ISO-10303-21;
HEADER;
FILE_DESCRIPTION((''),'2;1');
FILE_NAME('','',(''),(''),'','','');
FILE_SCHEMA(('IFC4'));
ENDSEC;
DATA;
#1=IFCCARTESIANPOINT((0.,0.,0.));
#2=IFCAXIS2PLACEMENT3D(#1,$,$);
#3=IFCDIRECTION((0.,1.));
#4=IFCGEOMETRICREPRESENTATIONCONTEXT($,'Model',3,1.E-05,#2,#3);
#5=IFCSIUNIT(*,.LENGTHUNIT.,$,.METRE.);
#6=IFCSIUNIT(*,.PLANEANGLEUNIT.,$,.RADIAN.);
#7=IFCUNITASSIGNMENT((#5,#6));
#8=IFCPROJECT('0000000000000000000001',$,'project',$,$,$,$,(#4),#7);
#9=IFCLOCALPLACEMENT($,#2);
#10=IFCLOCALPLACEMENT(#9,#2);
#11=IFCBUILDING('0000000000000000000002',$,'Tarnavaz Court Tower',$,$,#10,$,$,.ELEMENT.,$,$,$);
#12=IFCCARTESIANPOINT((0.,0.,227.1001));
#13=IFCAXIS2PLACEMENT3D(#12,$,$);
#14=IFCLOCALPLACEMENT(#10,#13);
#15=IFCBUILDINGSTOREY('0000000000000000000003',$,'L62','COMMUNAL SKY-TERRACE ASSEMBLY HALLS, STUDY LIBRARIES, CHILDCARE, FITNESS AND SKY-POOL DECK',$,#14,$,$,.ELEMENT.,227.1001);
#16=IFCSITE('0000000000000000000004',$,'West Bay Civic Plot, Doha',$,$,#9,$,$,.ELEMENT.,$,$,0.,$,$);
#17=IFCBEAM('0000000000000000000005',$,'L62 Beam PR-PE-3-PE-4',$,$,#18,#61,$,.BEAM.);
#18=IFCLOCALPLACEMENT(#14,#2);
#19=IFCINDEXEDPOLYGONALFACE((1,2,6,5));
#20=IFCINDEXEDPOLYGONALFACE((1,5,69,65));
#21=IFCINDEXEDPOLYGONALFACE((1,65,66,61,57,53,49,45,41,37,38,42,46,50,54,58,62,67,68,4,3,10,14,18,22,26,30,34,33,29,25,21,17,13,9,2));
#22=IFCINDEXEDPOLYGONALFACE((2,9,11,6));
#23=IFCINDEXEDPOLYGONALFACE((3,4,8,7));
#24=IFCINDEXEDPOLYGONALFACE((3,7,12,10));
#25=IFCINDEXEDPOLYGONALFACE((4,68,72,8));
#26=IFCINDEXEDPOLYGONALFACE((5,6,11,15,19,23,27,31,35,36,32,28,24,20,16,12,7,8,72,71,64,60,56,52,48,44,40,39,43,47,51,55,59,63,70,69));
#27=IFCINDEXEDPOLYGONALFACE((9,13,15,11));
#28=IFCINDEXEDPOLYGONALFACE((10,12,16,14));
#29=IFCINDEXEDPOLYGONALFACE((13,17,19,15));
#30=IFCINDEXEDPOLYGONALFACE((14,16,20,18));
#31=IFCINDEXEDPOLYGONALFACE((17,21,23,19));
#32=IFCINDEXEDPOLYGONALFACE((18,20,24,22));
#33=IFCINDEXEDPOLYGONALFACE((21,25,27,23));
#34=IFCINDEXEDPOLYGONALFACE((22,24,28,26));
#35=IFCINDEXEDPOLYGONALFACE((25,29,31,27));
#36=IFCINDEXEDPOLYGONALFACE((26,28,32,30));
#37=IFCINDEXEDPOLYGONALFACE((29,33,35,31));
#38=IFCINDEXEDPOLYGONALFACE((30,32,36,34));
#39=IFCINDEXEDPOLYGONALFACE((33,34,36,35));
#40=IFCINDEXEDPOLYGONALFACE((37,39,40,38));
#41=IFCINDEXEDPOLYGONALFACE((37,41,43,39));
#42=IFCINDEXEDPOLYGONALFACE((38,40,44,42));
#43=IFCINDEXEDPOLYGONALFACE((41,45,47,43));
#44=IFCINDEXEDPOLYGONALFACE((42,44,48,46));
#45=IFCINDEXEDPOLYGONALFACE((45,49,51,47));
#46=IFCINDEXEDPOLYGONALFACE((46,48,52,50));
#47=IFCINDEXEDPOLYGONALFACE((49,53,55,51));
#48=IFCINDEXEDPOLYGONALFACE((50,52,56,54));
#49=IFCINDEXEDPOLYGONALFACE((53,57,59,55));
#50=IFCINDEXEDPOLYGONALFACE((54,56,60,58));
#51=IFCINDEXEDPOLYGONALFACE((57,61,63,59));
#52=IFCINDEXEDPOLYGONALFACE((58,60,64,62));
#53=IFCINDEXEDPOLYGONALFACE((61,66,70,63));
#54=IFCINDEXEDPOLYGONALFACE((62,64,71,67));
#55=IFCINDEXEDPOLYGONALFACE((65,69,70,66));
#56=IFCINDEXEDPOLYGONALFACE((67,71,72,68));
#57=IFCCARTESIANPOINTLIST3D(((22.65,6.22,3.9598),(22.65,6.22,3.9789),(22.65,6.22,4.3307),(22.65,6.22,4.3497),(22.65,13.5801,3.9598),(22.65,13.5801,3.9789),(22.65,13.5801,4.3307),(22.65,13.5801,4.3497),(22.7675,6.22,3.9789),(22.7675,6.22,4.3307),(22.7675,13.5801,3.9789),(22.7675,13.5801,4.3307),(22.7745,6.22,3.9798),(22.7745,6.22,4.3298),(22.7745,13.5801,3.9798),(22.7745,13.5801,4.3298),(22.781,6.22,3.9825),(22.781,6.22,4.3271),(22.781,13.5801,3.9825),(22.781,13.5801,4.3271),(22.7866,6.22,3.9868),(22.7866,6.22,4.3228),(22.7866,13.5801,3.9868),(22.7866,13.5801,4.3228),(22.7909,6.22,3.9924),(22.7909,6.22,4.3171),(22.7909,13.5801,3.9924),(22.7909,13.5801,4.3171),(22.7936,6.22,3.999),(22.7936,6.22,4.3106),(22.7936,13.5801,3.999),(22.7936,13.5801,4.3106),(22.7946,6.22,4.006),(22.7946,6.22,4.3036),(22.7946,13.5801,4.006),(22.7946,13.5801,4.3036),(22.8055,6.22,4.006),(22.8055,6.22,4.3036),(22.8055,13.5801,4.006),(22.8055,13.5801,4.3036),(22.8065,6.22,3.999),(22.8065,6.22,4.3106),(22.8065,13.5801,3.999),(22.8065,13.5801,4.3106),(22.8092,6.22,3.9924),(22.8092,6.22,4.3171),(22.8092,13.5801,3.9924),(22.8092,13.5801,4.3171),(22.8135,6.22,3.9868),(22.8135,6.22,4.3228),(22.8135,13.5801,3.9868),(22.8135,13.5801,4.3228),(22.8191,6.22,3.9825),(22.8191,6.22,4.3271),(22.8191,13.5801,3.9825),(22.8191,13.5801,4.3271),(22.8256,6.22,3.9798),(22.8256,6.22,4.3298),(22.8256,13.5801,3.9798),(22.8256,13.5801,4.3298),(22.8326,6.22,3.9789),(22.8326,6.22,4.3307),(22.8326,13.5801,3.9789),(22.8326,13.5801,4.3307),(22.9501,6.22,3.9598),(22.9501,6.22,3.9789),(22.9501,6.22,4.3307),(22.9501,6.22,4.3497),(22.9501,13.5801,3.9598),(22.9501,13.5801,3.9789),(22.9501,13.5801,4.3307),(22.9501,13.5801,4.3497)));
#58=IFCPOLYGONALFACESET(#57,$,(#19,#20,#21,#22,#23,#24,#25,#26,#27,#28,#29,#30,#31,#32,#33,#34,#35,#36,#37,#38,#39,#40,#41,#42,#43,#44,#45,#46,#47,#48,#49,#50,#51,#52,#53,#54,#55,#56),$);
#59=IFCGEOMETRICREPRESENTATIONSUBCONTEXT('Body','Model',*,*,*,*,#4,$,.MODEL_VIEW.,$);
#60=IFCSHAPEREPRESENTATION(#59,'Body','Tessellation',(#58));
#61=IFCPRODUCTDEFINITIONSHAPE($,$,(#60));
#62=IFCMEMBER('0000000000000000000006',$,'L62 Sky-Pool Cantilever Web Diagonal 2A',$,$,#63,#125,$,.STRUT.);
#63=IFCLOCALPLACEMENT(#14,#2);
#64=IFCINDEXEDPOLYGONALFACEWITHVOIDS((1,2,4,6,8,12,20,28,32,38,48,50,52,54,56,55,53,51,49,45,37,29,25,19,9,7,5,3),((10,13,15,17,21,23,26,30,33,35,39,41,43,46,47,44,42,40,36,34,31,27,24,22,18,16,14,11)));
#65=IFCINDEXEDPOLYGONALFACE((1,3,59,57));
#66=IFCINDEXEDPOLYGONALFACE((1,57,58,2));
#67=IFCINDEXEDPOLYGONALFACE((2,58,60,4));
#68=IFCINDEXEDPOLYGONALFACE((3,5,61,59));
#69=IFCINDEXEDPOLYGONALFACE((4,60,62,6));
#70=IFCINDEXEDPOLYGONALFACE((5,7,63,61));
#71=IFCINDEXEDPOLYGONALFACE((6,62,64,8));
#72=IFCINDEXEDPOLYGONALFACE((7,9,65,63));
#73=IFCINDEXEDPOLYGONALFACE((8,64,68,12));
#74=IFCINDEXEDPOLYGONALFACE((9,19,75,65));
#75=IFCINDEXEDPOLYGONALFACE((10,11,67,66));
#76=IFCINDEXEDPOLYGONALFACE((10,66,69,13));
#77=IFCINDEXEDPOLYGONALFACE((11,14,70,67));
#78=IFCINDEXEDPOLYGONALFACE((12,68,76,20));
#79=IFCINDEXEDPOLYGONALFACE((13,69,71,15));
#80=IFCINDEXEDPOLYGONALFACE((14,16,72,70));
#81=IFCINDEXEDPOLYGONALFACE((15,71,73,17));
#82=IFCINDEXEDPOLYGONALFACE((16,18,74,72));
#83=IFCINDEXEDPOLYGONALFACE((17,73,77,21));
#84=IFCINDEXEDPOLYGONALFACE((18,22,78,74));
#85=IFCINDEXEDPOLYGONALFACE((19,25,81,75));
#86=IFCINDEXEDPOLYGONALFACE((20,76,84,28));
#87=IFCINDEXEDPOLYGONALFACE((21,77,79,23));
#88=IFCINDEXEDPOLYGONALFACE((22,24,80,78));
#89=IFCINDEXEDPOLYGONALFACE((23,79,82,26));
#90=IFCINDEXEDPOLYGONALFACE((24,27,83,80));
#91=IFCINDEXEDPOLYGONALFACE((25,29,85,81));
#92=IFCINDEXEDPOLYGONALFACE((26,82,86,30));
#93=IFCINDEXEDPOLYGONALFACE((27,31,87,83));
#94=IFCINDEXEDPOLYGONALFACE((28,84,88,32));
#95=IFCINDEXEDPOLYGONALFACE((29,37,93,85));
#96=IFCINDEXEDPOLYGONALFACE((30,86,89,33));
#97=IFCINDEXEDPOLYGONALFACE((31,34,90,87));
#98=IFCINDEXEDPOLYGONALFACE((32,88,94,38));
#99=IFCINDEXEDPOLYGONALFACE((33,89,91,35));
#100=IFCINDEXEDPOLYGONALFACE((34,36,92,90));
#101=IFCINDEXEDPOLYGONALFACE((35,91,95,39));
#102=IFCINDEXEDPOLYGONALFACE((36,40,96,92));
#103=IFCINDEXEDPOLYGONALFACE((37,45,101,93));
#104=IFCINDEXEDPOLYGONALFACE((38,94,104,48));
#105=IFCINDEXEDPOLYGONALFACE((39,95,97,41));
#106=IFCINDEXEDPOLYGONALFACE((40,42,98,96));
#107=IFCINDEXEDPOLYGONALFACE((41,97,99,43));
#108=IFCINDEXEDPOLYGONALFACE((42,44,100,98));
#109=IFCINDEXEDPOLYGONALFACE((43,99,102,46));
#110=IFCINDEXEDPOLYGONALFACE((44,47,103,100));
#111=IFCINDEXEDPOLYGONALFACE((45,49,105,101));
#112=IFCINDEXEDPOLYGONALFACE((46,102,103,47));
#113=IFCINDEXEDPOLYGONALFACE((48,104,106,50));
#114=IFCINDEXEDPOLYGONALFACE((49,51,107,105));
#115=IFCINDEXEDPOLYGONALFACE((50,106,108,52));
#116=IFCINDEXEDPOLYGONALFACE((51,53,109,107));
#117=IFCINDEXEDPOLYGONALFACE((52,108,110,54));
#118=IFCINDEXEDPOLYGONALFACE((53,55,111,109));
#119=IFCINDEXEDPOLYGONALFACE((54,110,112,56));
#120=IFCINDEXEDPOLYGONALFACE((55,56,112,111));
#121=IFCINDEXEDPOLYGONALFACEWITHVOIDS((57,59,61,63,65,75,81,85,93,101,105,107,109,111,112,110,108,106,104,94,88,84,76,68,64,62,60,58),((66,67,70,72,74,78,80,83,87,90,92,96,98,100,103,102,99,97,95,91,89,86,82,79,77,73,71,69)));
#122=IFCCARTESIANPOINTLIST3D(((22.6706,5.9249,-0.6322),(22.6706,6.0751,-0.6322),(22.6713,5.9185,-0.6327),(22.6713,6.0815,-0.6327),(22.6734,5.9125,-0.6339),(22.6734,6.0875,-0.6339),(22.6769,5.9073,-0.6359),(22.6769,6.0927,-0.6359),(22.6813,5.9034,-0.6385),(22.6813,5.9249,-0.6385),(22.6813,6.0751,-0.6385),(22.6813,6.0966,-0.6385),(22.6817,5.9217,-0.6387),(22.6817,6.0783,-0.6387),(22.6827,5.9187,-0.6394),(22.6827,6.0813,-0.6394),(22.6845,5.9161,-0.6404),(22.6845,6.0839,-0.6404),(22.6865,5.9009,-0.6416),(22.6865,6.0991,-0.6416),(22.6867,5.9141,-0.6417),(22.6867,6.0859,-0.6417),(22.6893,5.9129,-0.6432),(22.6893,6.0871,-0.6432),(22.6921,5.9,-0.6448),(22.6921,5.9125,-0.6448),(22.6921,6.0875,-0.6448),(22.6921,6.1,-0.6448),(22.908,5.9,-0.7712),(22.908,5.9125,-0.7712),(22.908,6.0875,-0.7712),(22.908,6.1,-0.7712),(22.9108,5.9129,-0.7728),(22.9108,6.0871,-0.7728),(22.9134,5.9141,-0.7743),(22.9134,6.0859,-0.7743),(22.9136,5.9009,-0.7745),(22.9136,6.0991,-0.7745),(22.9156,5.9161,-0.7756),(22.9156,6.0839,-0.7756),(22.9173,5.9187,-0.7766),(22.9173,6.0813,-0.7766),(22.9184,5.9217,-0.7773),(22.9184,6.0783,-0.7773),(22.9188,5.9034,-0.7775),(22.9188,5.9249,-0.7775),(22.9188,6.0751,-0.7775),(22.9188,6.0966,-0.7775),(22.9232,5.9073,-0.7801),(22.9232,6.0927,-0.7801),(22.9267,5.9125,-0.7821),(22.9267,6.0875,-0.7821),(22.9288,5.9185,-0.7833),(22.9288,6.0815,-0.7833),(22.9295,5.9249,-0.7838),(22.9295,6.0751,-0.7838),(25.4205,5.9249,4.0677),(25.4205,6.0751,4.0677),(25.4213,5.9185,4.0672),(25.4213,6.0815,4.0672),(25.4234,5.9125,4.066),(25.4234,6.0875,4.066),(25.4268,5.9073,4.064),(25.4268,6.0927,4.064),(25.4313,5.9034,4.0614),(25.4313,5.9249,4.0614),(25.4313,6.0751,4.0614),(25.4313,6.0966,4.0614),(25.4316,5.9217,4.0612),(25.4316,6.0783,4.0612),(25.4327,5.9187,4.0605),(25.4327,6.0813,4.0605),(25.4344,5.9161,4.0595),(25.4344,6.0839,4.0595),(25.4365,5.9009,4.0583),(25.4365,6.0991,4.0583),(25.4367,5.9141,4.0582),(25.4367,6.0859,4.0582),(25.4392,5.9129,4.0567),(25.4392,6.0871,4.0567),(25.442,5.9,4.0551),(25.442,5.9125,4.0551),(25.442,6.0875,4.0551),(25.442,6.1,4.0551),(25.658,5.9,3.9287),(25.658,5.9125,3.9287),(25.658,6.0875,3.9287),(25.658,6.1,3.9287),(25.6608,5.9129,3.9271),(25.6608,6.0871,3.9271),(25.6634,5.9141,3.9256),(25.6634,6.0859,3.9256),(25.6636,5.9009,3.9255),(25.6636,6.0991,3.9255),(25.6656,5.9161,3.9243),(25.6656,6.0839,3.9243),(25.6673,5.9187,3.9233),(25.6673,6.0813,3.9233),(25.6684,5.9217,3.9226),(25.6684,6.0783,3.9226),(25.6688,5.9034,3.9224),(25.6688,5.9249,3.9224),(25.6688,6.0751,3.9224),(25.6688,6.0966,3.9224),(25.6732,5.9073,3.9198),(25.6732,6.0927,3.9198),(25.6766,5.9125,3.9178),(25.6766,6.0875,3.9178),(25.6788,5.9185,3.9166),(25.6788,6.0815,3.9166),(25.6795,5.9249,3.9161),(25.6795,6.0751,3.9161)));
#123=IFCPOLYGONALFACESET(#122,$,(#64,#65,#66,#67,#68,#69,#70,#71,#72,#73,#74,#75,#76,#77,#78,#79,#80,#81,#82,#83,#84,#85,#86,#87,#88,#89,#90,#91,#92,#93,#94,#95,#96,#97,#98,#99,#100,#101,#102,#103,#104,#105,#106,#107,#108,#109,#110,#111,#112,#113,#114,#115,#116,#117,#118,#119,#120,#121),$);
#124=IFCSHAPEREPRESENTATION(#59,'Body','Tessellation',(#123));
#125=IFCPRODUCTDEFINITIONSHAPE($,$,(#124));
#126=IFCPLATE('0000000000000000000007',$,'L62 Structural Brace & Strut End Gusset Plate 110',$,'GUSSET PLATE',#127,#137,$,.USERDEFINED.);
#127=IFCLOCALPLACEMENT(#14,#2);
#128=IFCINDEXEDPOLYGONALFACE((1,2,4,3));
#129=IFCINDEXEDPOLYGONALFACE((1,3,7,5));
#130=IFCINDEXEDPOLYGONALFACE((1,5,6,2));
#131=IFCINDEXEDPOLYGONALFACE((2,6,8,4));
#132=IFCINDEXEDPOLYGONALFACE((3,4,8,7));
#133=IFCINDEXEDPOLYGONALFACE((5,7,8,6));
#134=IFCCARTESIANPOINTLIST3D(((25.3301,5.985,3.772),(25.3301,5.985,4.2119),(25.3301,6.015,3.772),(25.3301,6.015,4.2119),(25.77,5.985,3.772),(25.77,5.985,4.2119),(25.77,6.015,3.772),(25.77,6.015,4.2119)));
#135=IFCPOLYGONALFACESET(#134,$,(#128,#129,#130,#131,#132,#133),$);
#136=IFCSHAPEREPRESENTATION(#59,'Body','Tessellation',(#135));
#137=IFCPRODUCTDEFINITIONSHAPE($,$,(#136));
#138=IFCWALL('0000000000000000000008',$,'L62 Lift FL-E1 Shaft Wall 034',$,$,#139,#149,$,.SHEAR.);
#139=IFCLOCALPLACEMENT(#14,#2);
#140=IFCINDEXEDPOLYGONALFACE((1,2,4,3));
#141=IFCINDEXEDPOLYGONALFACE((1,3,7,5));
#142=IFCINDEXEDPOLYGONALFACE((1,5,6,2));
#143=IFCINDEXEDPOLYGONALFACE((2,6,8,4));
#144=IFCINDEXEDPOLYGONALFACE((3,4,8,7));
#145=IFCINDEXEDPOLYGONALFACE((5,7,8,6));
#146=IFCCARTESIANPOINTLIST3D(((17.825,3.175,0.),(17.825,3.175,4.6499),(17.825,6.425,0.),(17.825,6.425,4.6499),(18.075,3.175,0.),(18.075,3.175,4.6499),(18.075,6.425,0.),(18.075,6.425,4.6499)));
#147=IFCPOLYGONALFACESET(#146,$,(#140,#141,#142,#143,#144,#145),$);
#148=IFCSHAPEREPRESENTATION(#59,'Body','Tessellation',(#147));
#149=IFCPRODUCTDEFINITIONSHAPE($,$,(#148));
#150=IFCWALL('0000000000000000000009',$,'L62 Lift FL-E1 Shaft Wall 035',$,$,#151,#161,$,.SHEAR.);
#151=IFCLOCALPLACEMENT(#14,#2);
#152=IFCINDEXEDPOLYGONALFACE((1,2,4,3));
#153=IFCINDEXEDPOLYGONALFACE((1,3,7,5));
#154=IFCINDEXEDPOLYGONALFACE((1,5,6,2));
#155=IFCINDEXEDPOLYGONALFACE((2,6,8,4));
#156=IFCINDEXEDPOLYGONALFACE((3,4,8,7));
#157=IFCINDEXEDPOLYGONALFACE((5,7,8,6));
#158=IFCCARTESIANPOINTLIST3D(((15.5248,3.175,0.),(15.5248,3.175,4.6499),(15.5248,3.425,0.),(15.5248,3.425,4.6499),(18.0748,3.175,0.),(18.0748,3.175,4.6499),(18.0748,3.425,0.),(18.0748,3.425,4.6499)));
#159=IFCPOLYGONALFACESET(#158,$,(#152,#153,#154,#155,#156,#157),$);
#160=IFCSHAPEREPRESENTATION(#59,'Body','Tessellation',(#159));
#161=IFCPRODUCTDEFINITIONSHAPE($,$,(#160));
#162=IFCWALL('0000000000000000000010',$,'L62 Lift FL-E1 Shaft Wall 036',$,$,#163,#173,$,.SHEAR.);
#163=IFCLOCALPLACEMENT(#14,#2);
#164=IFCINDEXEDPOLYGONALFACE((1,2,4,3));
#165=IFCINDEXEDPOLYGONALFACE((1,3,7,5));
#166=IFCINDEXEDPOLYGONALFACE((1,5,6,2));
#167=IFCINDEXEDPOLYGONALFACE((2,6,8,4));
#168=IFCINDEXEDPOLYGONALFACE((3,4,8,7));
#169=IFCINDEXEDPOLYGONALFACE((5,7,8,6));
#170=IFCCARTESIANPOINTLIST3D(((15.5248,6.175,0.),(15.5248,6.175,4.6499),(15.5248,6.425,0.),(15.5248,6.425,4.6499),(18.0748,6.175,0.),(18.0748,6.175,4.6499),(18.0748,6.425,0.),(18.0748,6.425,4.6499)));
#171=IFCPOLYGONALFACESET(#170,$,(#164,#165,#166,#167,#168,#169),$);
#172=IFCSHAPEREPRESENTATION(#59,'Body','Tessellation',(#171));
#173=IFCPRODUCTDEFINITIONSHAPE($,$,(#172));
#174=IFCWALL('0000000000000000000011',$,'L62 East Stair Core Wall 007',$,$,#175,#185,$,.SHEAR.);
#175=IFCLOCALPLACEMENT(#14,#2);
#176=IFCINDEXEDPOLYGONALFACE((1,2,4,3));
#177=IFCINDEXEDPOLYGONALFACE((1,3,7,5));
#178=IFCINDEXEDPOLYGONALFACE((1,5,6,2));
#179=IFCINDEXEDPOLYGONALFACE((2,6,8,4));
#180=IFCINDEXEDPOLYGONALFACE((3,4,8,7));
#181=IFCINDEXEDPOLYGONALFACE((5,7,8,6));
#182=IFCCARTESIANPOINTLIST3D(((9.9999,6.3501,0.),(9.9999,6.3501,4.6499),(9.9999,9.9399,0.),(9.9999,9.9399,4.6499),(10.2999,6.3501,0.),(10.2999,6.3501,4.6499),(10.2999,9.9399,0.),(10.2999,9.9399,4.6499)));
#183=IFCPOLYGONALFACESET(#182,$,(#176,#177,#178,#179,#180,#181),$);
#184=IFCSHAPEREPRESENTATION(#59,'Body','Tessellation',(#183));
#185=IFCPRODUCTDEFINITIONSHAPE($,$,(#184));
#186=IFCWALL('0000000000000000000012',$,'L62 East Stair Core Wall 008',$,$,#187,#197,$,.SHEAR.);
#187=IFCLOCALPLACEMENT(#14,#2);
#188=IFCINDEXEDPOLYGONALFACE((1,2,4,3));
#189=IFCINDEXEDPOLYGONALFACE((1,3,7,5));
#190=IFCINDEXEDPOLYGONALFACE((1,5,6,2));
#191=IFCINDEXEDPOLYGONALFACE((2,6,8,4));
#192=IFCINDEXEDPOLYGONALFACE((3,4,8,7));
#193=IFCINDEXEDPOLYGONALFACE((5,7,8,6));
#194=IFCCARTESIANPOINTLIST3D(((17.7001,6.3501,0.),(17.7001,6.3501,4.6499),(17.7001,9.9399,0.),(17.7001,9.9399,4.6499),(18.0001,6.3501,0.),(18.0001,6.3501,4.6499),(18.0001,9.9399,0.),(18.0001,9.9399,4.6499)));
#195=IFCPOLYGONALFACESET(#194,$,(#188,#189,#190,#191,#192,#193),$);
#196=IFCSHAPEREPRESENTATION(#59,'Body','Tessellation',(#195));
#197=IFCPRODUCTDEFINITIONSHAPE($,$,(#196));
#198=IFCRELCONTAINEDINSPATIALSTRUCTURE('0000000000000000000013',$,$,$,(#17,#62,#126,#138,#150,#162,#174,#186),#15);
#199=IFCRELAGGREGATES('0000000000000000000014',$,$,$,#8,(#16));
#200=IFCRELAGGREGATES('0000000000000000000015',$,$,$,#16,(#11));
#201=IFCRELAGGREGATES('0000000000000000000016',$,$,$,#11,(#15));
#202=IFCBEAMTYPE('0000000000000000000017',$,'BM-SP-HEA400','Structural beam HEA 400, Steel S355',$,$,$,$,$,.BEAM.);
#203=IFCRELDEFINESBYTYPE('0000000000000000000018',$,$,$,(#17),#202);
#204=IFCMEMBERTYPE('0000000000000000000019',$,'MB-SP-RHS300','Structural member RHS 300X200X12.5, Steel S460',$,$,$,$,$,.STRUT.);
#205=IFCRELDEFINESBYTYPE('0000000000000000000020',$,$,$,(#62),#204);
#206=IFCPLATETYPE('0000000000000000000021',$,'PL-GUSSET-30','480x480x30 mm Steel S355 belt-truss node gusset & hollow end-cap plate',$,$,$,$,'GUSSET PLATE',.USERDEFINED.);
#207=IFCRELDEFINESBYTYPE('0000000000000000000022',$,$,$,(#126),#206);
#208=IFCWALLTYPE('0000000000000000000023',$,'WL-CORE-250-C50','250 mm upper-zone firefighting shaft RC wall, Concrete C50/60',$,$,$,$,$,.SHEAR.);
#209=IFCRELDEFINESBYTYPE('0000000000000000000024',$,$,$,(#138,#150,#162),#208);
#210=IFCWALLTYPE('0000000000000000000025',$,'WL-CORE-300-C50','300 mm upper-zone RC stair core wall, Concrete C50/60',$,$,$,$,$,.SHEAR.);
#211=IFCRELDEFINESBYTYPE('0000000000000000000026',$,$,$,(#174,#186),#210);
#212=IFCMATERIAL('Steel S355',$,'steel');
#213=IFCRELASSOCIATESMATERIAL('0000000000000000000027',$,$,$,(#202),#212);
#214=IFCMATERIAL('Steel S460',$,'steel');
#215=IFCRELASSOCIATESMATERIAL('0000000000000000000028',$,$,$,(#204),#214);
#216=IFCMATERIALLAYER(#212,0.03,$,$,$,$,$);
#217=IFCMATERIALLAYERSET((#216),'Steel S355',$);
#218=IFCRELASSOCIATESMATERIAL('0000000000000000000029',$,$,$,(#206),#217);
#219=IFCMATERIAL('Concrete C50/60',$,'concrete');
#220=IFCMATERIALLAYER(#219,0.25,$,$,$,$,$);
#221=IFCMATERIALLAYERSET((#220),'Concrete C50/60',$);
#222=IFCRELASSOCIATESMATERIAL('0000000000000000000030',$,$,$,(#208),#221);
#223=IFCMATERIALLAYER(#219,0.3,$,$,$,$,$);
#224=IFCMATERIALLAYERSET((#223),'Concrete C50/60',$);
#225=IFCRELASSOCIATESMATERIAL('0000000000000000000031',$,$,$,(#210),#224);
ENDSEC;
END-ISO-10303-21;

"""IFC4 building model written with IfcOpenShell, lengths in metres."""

from ifc_helpers import new_model, si_unit, direction, frame, frame_2d, origin, origin_2d, place, context, subcontext, project, spatial, rectangle, hollow_rectangle, i_section, extrude, material, layer, layer_set, material_profile, profile_set, type_object, element, save


model = new_model("IFC4")

# Units and contexts
model_context = context("Model", 3, precision=1e-05, world=origin(), true_north=direction((0.0, 1.0)))
body_context = subcontext(model_context, "Body", "Model", "MODEL_VIEW")
ifc_project = project(units=[si_unit("LENGTHUNIT", "METRE"), si_unit("PLANEANGLEUNIT", "RADIAN")], contexts=[model_context])

# Site, building, storey
site_placement = place(None, origin())
site = spatial("IfcSite", under=ifc_project, at=site_placement, Name="West Bay Civic Plot, Doha", CompositionType="ELEMENT", RefElevation=0.0)
building_placement = place(site_placement, origin())
building = spatial("IfcBuilding", under=site, at=building_placement, Name="Tarnavaz Court Tower", CompositionType="ELEMENT")
storey_placement = place(building_placement, frame((0.0, 0.0, 227.1001)))
storey = spatial("IfcBuildingStorey", under=building, at=storey_placement, Name="L62", Description="COMMUNAL SKY-TERRACE ASSEMBLY HALLS, STUDY LIBRARIES, CHILDCARE, FITNESS AND SKY-POOL DECK", CompositionType="ELEMENT", Elevation=227.1001)

# Shared definitions
ifc_material_1 = material(Name="Concrete C50/60", Category="concrete")

# Beam
ifc_material_2 = material(Name="Steel S460", Category="steel")
ifc_material_3 = material(Name="Steel S355", Category="steel")
ifc_material_profile_1 = material_profile(ifc_material_3, i_section(OverallWidth=0.3, OverallDepth=0.3899, WebThickness=0.011, FlangeThickness=0.019, FilletRadius=0.0271, at=origin_2d()), Name="HEA 400")
ifc_profile_set_1 = profile_set([ifc_material_profile_1], Name="Steel S355")
beam_type_1 = type_object("IfcBeamType", Name="BM-SP-HEA400", Description="Structural beam HEA 400, Steel S355", PredefinedType="BEAM", material=ifc_profile_set_1)
beam_1_placement = place(storey_placement, frame((22.8, 6.22, 4.1548), z_axis=(0.0, 1.0, 0.0), x_axis=(-1.0, 0.0, 0.0)))
element("IfcBeam", 1, at=beam_1_placement, inside=storey, type_object=beam_type_1, Name="L62 Beam PR-PE-3-PE-4", PredefinedType="BEAM", context=body_context, shape_type="SweptSolid", body=[
    extrude(i_section(OverallWidth=0.3, OverallDepth=0.3899, WebThickness=0.011, FlangeThickness=0.019, FilletRadius=0.0271, at=origin_2d()), origin(), (0.0, 0.0, 1.0), 7.3601),
])

# Member
ifc_material_profile_2 = material_profile(ifc_material_2, hollow_rectangle(XDim=0.2, YDim=0.3, WallThickness=0.0125, InnerFilletRadius=0.0125, OuterFilletRadius=0.0249, at=origin_2d()), Name="RHS 300X200X12.5")
ifc_profile_set_2 = profile_set([ifc_material_profile_2], Name="Steel S460")
member_type = type_object("IfcMemberType", Name="MB-SP-RHS300", Description="Structural member RHS 300X200X12.5, Steel S460", PredefinedType="STRUT", material=ifc_profile_set_2)
member_placement = place(storey_placement, frame((22.8, 6.0, -0.708), z_axis=(0.505016, 0.0, 0.86311), x_axis=(0.0, 1.0, 0.0)))
element("IfcMember", 2, at=member_placement, inside=storey, type_object=member_type, Name="L62 Sky-Pool Cantilever Web Diagonal 2A", PredefinedType="STRUT", context=body_context, shape_type="SweptSolid", body=[
    extrude(hollow_rectangle(XDim=0.2, YDim=0.3, WallThickness=0.0125, InnerFilletRadius=0.0125, OuterFilletRadius=0.0249, at=origin_2d()), origin(), (0.0, 0.0, 1.0), 5.4453),
])

# Plate
ifc_layer_1 = layer(ifc_material_3, 0.03)
ifc_layer_set_1 = layer_set([ifc_layer_1], Name="Steel S355")
plate_type = type_object("IfcPlateType", Name="PL-GUSSET-30", Description="480x480x30 mm Steel S355 belt-truss node gusset & hollow end-cap plate", ElementType="GUSSET PLATE", PredefinedType="USERDEFINED", material=ifc_layer_set_1)
plate_placement = place(storey_placement, frame((25.55, 6.0, 3.772), z_axis=(0.0, 0.0, 1.0), x_axis=(1.0, 0.0, 0.0)))
element("IfcPlate", 3, at=plate_placement, inside=storey, type_object=plate_type, Name="L62 Structural Brace & Strut End Gusset Plate 110", ObjectType="GUSSET PLATE", PredefinedType="USERDEFINED", context=body_context, shape_type="SweptSolid", body=[
    extrude(rectangle(XDim=0.4399, YDim=0.03, at=origin_2d()), origin(), (0.0, 0.0, 1.0), 0.4399),
])

# Shared definitions
ifc_layer_2 = layer(ifc_material_1, 0.25)
ifc_layer_set_2 = layer_set([ifc_layer_2], Name="Concrete C50/60")
wall_type_1 = type_object("IfcWallType", Name="WL-CORE-250-C50", Description="250 mm upper-zone firefighting shaft RC wall, Concrete C50/60", PredefinedType="SHEAR", material=ifc_layer_set_2)

# Walls
wall_1_placement = place(storey_placement, frame((17.95, 3.175, 0.0), z_axis=(0.0, 0.0, 1.0), x_axis=(0.0, 1.0, 0.0)))
element("IfcWall", 4, at=wall_1_placement, inside=storey, type_object=wall_type_1, Name="L62 Lift FL-E1 Shaft Wall 034", PredefinedType="SHEAR", context=body_context, shape_type="SweptSolid", body=[
    extrude(rectangle(XDim=3.25, YDim=0.25, at=frame_2d((1.625, 0.0))), origin(), (0.0, 0.0, 1.0), 4.6499),
])
for number, where, z_axis, x_axis, name in (
    (5, (15.5249, 3.3, 0.0), (0.0, 0.0, 1.0), (1.0, 0.0, 0.0), "L62 Lift FL-E1 Shaft Wall 035"),
    (6, (15.5249, 6.3, 0.0), (0.0, 0.0, 1.0), (1.0, 0.0, 0.0), "L62 Lift FL-E1 Shaft Wall 036"),
):
    element("IfcWall", number, at=place(storey_placement, frame(where, z_axis=z_axis, x_axis=x_axis)), inside=storey, type_object=wall_type_1, Name=name, PredefinedType="SHEAR", context=body_context, shape_type="SweptSolid", body=[
        extrude(rectangle(XDim=2.55, YDim=0.25, at=frame_2d((1.2749, 0.0))), origin(), (0.0, 0.0, 1.0), 4.6499),
    ])
ifc_layer_3 = layer(ifc_material_1, 0.3)
ifc_layer_set_3 = layer_set([ifc_layer_3], Name="Concrete C50/60")
wall_type_2 = type_object("IfcWallType", Name="WL-CORE-300-C50", Description="300 mm upper-zone RC stair core wall, Concrete C50/60", PredefinedType="SHEAR", material=ifc_layer_set_3)
for number, where, z_axis, x_axis, name in (
    (7, (10.1499, 6.3501, 0.0), (0.0, 0.0, 1.0), (0.0, 1.0, 0.0), "L62 East Stair Core Wall 007"),
    (8, (17.8501, 6.3501, 0.0), (0.0, 0.0, 1.0), (0.0, 1.0, 0.0), "L62 East Stair Core Wall 008"),
):
    element("IfcWall", number, at=place(storey_placement, frame(where, z_axis=z_axis, x_axis=x_axis)), inside=storey, type_object=wall_type_2, Name=name, PredefinedType="SHEAR", context=body_context, shape_type="SweptSolid", body=[
        extrude(rectangle(XDim=3.5898, YDim=0.3, at=frame_2d((1.7949, 0.0))), origin(), (0.0, 0.0, 1.0), 4.6499),
    ])

save(model, "model.ifc")
